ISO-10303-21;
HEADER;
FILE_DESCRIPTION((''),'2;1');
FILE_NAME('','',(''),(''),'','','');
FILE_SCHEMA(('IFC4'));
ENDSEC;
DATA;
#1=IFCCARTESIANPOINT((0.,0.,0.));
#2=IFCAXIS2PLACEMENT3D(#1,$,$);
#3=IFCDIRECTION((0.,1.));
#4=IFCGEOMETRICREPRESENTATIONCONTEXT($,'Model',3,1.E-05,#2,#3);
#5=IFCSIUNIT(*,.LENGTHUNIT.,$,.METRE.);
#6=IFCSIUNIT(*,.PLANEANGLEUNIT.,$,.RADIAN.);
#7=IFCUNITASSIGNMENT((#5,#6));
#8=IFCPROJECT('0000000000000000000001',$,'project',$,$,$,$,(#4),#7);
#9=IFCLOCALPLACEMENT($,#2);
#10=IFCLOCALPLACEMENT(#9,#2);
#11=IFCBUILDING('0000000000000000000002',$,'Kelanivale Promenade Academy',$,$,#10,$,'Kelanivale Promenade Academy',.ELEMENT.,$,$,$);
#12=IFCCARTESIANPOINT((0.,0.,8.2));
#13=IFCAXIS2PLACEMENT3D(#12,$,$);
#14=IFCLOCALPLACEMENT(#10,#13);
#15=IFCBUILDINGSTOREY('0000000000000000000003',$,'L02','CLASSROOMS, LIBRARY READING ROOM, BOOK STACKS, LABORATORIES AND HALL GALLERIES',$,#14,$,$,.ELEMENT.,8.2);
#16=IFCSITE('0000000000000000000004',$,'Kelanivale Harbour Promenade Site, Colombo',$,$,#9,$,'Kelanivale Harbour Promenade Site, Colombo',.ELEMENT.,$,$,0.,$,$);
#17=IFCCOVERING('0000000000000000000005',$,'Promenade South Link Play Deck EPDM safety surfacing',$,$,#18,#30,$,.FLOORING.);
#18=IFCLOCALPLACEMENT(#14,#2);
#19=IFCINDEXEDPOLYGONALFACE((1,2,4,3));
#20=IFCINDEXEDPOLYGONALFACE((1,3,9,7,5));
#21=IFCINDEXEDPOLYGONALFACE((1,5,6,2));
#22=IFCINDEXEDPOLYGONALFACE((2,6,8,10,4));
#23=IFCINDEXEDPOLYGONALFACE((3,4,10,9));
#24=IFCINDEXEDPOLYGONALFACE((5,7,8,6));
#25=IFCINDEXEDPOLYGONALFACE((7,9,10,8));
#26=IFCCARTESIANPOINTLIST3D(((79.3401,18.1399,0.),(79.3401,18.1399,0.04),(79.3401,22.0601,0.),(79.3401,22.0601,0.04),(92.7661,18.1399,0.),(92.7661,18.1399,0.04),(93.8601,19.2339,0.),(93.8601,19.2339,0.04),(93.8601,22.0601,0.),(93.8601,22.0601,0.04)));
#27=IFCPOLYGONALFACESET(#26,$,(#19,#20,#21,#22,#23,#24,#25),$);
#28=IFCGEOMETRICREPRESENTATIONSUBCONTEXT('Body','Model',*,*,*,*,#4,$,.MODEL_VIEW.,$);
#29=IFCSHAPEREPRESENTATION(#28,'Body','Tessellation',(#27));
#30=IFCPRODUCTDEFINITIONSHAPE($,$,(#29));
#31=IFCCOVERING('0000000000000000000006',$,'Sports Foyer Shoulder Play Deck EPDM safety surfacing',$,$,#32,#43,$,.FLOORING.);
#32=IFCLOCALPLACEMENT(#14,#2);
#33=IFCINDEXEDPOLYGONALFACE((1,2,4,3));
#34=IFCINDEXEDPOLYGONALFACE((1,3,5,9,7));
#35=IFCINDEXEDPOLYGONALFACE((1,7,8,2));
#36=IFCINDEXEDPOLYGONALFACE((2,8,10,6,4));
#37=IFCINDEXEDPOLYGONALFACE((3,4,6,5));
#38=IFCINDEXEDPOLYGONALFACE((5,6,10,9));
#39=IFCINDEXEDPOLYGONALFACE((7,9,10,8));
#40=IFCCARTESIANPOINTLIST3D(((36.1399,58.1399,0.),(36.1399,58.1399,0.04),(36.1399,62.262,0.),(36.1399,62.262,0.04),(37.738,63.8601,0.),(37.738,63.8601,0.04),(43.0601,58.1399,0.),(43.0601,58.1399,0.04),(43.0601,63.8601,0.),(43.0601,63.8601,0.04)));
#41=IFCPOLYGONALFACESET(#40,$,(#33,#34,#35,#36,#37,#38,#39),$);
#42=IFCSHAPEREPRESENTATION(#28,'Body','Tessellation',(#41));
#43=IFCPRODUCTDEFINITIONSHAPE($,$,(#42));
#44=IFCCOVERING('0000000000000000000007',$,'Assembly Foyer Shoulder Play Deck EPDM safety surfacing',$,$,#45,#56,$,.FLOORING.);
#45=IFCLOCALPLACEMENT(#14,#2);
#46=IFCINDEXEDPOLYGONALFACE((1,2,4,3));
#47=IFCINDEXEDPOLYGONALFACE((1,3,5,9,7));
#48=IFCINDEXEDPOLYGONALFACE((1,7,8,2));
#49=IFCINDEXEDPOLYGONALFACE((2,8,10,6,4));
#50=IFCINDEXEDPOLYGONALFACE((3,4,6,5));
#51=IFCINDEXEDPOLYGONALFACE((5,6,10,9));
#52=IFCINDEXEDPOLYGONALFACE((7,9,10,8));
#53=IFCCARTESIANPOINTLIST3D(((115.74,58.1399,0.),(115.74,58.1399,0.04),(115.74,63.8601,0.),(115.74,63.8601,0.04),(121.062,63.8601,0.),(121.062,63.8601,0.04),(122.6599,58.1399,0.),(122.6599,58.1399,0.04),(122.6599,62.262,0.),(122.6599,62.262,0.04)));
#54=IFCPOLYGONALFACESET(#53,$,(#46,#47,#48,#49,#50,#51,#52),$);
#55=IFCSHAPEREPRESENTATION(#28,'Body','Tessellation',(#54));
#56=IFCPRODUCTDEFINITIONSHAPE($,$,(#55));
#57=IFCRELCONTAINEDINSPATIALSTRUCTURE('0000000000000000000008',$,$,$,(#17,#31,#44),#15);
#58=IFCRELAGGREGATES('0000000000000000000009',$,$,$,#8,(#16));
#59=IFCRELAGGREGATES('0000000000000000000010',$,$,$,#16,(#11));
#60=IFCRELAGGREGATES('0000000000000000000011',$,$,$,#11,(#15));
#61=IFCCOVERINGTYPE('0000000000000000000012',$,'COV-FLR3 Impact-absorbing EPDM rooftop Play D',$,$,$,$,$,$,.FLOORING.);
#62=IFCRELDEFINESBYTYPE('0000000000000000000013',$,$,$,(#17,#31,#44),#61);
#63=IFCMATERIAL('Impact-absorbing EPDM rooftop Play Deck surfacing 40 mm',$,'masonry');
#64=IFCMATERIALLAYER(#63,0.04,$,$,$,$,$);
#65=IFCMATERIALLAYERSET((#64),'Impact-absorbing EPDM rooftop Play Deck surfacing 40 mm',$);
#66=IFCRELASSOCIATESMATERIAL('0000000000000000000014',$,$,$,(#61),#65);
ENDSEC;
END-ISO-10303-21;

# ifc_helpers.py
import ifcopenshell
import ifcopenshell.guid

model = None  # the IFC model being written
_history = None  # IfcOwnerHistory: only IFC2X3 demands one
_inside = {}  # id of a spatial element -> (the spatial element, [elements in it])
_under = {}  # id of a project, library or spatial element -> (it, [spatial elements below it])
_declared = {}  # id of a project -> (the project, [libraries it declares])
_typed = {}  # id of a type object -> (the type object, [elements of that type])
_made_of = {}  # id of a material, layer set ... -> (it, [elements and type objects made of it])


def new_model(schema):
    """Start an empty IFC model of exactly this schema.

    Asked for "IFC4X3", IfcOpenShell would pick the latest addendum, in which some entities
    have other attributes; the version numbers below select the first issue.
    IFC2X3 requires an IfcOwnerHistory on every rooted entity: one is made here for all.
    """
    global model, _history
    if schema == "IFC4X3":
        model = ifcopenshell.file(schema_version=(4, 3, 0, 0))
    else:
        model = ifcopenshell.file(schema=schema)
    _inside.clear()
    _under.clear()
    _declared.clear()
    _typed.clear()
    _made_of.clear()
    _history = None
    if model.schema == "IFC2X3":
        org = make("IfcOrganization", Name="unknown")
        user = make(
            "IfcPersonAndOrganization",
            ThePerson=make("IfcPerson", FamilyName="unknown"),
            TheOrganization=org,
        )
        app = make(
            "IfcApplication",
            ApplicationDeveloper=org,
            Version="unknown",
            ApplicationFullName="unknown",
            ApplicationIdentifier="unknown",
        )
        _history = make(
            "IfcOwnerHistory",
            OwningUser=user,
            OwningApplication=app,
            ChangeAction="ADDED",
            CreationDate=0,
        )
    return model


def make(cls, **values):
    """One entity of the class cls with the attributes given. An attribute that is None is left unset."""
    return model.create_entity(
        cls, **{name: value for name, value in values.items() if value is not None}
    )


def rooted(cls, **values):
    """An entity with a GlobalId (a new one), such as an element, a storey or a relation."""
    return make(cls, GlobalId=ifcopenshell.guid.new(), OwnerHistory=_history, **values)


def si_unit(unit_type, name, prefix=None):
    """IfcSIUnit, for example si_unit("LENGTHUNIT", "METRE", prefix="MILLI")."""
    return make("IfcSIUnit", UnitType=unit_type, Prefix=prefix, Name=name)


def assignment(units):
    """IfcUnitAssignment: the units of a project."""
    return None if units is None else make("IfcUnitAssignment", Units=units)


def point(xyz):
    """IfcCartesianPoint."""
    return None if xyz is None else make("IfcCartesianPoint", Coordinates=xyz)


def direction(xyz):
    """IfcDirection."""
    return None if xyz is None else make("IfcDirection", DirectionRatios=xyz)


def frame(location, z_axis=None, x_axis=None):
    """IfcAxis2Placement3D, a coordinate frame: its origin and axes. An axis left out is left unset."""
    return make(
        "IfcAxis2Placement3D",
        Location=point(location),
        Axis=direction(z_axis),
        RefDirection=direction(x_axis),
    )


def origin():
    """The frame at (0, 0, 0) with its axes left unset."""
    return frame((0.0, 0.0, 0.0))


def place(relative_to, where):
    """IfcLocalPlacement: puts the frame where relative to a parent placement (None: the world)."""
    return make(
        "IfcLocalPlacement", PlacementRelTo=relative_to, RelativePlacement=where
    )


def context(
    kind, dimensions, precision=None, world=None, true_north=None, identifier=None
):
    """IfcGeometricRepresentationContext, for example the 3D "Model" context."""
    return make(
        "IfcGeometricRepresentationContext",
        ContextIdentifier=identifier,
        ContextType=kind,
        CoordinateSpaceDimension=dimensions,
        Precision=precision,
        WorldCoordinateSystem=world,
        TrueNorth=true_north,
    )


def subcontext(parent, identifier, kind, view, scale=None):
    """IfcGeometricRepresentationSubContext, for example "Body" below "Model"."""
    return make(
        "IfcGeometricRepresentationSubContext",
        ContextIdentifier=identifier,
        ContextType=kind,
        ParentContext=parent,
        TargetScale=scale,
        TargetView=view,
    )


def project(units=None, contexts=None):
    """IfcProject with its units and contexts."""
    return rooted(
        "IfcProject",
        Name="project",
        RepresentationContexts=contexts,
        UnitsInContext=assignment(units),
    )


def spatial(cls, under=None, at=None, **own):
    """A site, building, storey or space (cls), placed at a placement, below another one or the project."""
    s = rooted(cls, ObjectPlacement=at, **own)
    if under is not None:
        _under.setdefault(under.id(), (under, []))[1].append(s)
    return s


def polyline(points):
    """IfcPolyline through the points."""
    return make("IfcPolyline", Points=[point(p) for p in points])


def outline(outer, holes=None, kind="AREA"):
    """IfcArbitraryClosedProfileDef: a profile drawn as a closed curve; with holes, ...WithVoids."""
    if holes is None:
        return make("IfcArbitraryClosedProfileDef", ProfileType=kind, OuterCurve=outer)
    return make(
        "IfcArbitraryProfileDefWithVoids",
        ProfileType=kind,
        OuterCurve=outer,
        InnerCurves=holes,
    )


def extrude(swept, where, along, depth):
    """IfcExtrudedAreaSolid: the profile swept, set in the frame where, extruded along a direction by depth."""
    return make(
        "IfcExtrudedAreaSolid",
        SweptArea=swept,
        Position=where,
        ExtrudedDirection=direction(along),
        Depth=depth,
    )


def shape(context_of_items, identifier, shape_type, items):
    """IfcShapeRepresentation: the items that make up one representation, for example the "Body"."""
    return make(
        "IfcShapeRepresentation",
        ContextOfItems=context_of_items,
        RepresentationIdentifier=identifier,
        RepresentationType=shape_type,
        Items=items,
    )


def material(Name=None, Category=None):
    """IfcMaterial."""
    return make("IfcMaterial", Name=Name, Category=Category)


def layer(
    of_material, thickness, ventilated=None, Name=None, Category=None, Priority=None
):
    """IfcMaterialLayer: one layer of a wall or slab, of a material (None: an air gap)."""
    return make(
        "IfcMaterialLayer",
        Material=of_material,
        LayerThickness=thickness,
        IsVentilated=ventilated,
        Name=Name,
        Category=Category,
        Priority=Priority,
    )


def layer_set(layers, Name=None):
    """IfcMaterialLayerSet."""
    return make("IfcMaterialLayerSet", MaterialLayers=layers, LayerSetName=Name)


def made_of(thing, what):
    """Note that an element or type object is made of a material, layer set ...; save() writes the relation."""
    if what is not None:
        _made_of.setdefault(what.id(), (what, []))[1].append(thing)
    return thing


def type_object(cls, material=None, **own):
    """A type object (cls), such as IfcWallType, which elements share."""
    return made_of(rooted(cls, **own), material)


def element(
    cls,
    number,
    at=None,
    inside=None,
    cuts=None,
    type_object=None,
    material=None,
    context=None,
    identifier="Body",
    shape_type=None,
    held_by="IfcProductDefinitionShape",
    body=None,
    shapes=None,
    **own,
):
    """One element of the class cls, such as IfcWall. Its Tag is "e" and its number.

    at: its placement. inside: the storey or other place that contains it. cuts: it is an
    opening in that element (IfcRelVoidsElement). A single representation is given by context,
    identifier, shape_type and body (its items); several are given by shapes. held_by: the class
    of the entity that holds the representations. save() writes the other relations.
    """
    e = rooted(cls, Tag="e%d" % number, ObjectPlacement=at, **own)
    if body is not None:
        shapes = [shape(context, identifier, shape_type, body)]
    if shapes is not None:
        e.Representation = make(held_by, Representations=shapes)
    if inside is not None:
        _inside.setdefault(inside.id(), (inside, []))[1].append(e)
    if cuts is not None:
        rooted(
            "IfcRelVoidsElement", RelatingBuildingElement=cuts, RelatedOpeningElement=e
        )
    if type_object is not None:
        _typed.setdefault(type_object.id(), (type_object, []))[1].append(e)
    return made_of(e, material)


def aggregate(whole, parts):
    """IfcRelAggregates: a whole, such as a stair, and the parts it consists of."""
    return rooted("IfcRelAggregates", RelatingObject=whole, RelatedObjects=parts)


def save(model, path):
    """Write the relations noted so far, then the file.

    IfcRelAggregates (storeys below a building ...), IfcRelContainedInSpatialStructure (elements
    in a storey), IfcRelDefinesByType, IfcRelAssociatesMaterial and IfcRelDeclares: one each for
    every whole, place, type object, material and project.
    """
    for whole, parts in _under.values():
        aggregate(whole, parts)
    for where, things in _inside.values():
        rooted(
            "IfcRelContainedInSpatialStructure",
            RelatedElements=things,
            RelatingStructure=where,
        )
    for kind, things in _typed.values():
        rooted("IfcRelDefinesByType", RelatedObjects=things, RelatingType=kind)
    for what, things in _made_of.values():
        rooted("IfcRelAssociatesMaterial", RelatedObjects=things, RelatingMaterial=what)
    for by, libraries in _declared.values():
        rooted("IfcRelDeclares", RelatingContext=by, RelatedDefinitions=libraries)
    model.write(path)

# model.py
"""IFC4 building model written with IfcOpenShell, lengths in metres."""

from ifc_helpers import new_model, si_unit, direction, frame, origin, place, context, subcontext, project, spatial, polyline, outline, extrude, material, layer, layer_set, type_object, element, save


model = new_model("IFC4")

# Units and contexts
model_context = context("Model", 3, precision=1e-05, world=origin(), true_north=direction((0.0, 1.0)))
body_context = subcontext(model_context, "Body", "Model", "MODEL_VIEW")
ifc_project = project(units=[si_unit("LENGTHUNIT", "METRE"), si_unit("PLANEANGLEUNIT", "RADIAN")], contexts=[model_context])

# Site, building, storey
site_placement = place(None, origin())
site = spatial("IfcSite", under=ifc_project, at=site_placement, Name="Kelanivale Harbour Promenade Site, Colombo", LongName="Kelanivale Harbour Promenade Site, Colombo", CompositionType="ELEMENT", RefElevation=0.0)
building_placement = place(site_placement, origin())
building = spatial("IfcBuilding", under=site, at=building_placement, Name="Kelanivale Promenade Academy", LongName="Kelanivale Promenade Academy", CompositionType="ELEMENT")
storey_placement = place(building_placement, frame((0.0, 0.0, 8.2)))
storey = spatial("IfcBuildingStorey", under=building, at=storey_placement, Name="L02", Description="CLASSROOMS, LIBRARY READING ROOM, BOOK STACKS, LABORATORIES AND HALL GALLERIES", CompositionType="ELEMENT", Elevation=8.2)

# Coverings
ifc_material_1 = material(Name="Impact-absorbing EPDM rooftop Play Deck surfacing 40 mm", Category="masonry")
ifc_layer_1 = layer(ifc_material_1, 0.04)
ifc_layer_set_1 = layer_set([ifc_layer_1], Name="Impact-absorbing EPDM rooftop Play Deck surfacing 40 mm")
covering_type_1 = type_object("IfcCoveringType", Name="COV-FLR3 Impact-absorbing EPDM rooftop Play D", PredefinedType="FLOORING", material=ifc_layer_set_1)
covering_1_placement = place(storey_placement, origin())
element("IfcCovering", 1, at=covering_1_placement, inside=storey, type_object=covering_type_1, Name="Promenade South Link Play Deck EPDM safety surfacing", PredefinedType="FLOORING", context=body_context, shape_type="SweptSolid", body=[
    extrude(outline(polyline([(92.7661, 18.1399), (93.8601, 19.2339), (93.8601, 22.0601), (79.3401, 22.0601), (79.3401, 18.1399), (92.7661, 18.1399)])), origin(), (0.0, 0.0, 1.0), 0.04),
])
covering_2_placement = place(storey_placement, origin())
element("IfcCovering", 2, at=covering_2_placement, inside=storey, type_object=covering_type_1, Name="Sports Foyer Shoulder Play Deck EPDM safety surfacing", PredefinedType="FLOORING", context=body_context, shape_type="SweptSolid", body=[
    extrude(outline(polyline([(43.0601, 58.1399), (43.0601, 63.8601), (37.738, 63.8601), (36.1399, 62.262), (36.1399, 58.1399), (43.0601, 58.1399)])), origin(), (0.0, 0.0, 1.0), 0.04),
])
covering_3_placement = place(storey_placement, origin())
element("IfcCovering", 3, at=covering_3_placement, inside=storey, type_object=covering_type_1, Name="Assembly Foyer Shoulder Play Deck EPDM safety surfacing", PredefinedType="FLOORING", context=body_context, shape_type="SweptSolid", body=[
    extrude(outline(polyline([(122.6599, 58.1399), (122.6599, 62.262), (121.062, 63.8601), (115.74, 63.8601), (115.74, 58.1399), (122.6599, 58.1399)])), origin(), (0.0, 0.0, 1.0), 0.04),
])

save(model, "model.ifc")
